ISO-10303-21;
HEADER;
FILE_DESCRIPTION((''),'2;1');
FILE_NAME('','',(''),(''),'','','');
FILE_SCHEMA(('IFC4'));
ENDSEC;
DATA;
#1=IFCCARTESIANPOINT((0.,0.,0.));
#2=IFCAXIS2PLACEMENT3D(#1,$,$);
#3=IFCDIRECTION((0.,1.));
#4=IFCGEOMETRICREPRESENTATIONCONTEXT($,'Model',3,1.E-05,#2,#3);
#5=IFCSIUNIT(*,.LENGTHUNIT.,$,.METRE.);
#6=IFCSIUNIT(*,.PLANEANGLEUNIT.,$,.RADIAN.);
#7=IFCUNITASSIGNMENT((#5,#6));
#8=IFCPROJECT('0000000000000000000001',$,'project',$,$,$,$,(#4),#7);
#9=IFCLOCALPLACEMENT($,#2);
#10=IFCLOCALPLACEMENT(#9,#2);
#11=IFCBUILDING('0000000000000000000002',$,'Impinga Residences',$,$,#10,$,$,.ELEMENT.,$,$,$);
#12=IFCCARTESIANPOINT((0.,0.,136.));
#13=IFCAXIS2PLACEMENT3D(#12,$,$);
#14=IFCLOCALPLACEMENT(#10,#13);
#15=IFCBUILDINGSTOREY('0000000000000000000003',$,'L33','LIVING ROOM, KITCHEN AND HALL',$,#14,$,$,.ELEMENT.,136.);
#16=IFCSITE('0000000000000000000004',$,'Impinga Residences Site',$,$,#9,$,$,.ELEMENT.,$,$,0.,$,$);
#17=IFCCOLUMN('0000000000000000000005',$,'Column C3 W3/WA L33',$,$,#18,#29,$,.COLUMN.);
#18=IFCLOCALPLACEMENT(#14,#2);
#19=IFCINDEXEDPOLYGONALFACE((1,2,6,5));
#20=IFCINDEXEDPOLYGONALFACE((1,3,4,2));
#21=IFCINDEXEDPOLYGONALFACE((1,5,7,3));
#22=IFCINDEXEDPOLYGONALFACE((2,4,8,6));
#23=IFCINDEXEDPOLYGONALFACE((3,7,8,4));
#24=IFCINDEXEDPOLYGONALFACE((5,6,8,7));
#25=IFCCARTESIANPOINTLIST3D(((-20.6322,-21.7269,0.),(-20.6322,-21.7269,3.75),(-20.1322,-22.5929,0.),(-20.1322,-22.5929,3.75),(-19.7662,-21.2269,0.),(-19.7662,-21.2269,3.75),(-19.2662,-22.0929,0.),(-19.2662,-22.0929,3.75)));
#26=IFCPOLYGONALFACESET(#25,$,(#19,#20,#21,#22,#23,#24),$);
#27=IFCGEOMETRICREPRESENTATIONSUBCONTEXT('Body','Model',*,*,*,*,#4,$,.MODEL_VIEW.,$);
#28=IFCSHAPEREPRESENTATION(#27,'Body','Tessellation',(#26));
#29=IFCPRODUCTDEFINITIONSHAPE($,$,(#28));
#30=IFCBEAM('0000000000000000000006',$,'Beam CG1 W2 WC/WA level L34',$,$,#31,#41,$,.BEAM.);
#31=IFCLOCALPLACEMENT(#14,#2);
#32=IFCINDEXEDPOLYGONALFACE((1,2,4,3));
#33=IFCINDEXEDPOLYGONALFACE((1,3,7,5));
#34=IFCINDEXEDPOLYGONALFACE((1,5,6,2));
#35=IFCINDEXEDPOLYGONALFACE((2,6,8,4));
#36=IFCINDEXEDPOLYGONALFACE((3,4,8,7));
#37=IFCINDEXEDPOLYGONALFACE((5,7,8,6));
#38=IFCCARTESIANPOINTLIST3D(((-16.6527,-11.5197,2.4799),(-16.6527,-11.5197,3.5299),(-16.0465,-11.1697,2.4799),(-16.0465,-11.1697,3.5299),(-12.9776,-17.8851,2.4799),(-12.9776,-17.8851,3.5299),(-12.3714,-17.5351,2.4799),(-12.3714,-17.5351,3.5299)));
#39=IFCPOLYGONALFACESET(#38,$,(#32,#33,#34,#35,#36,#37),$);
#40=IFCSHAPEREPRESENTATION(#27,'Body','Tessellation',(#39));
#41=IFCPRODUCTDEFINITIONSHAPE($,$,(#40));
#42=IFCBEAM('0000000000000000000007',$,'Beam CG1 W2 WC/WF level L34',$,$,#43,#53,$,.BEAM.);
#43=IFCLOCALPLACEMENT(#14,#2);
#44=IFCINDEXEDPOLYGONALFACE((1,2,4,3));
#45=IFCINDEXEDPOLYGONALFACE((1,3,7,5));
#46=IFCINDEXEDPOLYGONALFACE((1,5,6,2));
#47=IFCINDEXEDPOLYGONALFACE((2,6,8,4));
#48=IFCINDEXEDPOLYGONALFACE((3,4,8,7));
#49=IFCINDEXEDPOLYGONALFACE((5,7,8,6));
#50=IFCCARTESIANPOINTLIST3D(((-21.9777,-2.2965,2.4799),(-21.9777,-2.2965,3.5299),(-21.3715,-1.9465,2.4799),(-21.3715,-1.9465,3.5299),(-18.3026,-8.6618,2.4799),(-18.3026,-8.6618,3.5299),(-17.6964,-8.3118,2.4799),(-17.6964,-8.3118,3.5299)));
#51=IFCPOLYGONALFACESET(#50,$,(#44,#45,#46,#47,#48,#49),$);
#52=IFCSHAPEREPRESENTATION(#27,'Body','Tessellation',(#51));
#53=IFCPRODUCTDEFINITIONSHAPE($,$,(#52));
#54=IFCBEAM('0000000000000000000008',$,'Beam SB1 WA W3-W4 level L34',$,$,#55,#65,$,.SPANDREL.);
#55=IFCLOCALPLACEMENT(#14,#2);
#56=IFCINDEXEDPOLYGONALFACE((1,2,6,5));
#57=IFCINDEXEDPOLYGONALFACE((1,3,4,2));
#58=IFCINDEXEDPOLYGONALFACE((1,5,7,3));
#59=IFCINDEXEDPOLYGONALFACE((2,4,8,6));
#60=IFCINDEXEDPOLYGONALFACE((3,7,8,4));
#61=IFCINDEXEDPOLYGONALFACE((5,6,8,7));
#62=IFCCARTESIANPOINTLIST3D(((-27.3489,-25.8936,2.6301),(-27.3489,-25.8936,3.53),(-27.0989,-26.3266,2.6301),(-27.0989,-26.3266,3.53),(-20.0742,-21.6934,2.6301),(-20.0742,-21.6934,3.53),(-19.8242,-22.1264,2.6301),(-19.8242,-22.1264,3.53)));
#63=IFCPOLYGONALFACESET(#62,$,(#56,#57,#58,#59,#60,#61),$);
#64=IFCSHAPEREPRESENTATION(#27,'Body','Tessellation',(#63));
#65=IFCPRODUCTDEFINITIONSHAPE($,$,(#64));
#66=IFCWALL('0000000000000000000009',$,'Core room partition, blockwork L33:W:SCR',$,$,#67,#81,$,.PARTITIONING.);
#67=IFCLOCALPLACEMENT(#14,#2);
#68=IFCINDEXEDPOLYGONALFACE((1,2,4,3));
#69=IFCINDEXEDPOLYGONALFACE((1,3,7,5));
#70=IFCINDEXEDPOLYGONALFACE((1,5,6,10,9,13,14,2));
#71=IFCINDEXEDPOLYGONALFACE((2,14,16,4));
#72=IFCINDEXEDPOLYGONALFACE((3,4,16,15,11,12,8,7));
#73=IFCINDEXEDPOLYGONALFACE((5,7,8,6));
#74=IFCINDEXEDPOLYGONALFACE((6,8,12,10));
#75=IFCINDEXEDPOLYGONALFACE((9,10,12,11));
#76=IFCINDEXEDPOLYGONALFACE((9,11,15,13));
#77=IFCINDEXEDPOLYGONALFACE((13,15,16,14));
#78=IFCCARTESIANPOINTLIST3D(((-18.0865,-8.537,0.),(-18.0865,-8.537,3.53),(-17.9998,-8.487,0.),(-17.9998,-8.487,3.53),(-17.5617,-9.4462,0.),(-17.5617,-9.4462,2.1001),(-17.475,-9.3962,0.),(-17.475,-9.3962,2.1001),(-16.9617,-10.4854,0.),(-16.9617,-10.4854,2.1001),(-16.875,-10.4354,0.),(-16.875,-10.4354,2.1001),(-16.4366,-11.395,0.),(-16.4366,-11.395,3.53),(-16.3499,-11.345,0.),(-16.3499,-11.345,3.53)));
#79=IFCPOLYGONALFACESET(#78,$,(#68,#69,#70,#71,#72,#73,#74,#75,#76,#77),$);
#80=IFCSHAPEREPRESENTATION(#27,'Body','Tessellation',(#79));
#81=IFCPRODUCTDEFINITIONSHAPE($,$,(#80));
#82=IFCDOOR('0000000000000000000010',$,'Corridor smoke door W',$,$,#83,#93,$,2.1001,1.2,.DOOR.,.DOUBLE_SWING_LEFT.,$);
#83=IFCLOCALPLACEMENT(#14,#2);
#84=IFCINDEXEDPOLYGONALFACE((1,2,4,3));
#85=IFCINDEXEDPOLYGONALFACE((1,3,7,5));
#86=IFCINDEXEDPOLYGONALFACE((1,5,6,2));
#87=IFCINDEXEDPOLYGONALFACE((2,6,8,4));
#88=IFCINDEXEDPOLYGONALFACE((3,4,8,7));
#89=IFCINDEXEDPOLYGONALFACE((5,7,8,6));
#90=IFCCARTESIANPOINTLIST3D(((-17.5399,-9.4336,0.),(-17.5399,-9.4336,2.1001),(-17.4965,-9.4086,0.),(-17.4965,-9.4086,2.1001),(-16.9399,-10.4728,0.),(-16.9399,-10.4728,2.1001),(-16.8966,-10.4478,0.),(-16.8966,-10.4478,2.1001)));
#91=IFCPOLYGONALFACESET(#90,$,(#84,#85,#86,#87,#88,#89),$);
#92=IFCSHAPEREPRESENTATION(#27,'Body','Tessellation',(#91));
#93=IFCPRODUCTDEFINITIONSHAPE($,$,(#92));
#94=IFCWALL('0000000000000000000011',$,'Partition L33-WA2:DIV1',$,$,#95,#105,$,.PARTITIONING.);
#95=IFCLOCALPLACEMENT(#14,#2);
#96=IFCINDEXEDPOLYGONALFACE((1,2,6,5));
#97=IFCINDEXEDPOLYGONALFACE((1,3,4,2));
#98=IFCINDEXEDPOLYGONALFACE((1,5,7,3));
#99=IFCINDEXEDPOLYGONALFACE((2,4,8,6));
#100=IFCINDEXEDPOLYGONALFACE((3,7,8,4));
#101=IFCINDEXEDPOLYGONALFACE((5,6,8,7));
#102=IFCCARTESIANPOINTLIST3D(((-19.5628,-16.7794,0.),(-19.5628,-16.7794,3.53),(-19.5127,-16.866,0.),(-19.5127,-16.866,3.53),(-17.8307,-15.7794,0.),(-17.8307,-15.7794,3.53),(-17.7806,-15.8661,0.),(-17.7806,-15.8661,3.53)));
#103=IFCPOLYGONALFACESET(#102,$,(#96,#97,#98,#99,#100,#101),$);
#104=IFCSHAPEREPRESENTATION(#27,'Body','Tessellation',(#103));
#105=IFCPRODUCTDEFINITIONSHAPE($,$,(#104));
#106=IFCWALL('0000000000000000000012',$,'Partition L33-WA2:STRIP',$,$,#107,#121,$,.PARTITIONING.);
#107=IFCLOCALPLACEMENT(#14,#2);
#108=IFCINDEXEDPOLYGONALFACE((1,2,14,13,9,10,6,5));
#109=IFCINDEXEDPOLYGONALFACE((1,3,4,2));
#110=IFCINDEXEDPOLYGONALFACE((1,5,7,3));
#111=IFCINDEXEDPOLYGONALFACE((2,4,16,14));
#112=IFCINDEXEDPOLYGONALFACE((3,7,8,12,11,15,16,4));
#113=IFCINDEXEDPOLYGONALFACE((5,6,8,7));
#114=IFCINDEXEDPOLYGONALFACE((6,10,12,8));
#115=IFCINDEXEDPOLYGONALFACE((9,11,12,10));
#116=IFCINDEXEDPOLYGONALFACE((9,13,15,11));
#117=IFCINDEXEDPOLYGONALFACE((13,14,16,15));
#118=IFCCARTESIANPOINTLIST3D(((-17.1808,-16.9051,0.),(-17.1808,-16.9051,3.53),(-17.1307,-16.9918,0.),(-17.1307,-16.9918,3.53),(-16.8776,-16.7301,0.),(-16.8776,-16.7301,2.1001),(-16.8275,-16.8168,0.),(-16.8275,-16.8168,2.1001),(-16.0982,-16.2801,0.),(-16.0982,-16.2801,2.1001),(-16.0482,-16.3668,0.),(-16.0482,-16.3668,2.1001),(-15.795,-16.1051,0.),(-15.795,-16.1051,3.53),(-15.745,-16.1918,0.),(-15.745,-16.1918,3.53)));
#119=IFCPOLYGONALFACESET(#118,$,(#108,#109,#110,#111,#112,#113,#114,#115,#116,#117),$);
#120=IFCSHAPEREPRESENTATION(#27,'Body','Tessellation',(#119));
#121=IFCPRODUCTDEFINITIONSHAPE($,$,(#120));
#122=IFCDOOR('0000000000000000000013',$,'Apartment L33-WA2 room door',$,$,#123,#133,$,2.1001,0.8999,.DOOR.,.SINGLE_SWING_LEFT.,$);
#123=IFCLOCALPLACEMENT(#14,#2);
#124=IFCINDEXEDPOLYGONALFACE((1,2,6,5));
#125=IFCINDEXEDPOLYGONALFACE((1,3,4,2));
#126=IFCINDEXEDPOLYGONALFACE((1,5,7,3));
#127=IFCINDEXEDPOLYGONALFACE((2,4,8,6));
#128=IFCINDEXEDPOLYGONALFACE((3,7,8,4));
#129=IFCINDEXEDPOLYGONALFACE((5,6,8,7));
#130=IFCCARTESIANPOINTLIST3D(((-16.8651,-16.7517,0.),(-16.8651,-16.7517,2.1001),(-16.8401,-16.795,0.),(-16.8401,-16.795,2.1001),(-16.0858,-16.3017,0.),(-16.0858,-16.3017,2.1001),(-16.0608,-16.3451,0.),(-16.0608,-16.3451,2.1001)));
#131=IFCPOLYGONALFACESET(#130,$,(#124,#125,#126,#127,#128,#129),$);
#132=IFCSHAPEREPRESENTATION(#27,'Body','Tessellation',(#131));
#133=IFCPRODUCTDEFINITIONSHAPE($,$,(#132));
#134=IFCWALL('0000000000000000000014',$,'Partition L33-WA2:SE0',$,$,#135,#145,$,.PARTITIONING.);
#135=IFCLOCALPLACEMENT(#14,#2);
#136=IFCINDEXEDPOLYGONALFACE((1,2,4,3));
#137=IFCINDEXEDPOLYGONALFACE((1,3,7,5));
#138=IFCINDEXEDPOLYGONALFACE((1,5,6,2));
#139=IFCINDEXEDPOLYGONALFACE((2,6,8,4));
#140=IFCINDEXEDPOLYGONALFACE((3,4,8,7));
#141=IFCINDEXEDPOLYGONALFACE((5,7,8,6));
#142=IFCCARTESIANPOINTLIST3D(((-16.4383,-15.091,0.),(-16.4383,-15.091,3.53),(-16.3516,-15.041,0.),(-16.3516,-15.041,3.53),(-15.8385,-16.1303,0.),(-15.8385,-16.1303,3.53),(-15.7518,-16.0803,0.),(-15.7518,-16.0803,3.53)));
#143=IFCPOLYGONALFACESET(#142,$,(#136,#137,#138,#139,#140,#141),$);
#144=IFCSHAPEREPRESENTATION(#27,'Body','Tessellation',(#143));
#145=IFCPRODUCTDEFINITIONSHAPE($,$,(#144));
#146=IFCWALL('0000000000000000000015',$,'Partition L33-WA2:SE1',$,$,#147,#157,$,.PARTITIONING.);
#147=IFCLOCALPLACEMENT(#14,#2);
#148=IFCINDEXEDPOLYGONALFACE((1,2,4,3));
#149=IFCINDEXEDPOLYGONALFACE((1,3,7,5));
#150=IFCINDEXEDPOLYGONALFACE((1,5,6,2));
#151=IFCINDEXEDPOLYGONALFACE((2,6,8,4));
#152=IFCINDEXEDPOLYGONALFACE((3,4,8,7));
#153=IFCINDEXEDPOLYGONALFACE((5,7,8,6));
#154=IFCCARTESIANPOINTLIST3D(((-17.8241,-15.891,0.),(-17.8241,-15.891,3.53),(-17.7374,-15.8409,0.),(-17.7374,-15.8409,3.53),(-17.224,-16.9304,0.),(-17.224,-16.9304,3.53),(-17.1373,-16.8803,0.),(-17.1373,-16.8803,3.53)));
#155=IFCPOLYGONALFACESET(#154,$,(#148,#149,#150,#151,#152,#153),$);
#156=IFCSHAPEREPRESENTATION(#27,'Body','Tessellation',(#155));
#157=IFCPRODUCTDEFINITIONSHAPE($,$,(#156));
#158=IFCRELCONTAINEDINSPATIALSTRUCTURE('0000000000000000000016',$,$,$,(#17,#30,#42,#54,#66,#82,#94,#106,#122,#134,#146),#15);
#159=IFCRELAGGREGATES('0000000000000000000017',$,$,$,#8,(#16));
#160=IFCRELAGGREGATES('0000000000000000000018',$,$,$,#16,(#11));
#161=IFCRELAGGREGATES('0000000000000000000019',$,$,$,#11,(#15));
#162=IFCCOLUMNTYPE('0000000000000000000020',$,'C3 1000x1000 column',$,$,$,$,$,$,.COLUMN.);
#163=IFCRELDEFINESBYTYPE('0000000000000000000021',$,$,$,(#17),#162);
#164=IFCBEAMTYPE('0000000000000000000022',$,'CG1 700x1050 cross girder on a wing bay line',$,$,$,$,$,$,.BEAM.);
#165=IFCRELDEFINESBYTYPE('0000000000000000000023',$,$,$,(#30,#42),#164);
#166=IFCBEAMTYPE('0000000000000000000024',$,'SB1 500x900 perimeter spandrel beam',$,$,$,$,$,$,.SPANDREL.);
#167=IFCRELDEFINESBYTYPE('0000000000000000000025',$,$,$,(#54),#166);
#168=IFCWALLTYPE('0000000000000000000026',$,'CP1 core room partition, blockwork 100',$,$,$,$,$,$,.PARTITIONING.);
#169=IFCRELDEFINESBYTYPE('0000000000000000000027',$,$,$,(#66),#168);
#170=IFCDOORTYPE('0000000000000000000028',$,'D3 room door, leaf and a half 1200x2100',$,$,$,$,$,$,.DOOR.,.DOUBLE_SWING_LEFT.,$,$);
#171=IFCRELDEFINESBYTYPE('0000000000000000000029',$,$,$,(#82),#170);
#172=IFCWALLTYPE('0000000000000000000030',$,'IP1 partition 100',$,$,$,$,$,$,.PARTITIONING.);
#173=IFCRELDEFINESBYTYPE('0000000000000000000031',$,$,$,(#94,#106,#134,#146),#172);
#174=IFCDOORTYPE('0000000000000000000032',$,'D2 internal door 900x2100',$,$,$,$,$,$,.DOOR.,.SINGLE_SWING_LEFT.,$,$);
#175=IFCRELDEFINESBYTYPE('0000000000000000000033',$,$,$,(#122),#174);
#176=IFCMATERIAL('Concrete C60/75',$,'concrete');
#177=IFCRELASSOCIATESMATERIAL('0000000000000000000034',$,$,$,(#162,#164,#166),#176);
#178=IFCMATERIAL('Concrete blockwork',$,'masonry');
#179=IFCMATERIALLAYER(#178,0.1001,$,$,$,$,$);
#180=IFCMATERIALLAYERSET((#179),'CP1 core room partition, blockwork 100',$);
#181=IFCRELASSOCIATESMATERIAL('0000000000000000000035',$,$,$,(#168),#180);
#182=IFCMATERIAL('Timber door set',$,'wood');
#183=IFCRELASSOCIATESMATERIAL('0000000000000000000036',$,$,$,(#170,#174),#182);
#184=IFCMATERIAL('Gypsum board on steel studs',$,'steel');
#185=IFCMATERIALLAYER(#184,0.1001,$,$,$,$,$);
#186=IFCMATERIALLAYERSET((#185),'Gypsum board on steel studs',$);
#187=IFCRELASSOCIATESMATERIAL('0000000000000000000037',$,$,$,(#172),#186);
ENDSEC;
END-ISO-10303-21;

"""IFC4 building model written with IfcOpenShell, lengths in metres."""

from ifc_helpers import new_model, si_unit, direction, frame, frame_2d, origin, origin_2d, place, context, subcontext, project, spatial, rectangle, extrude, material, layer, layer_set, material_profile, profile_set, type_object, element, fill, save


model = new_model("IFC4")

# Units and contexts
model_context = context("Model", 3, precision=1e-05, world=origin(), true_north=direction((0.0, 1.0)))
body_context = subcontext(model_context, "Body", "Model", "MODEL_VIEW")
ifc_project = project(units=[si_unit("LENGTHUNIT", "METRE"), si_unit("PLANEANGLEUNIT", "RADIAN")], contexts=[model_context])

# Site, building, storey
site_placement = place(None, origin())
site = spatial("IfcSite", under=ifc_project, at=site_placement, Name="Impinga Residences Site", CompositionType="ELEMENT", RefElevation=0.0)
building_placement = place(site_placement, origin())
building = spatial("IfcBuilding", under=site, at=building_placement, Name="Impinga Residences", CompositionType="ELEMENT")
storey_placement = place(building_placement, frame((0.0, 0.0, 136.0)))
storey = spatial("IfcBuildingStorey", under=building, at=storey_placement, Name="L33", Description="LIVING ROOM, KITCHEN AND HALL", CompositionType="ELEMENT", Elevation=136.0)

# Column
ifc_material_1 = material(Name="Concrete C60/75", Category="concrete")
ifc_material_profile_1 = material_profile(ifc_material_1, rectangle(XDim=1.0, YDim=1.0, at=origin_2d()), Name="RC 1000x1000")
ifc_profile_set_1 = profile_set([ifc_material_profile_1], Name="Concrete C60/75")
column_type = type_object("IfcColumnType", Name="C3 1000x1000 column", PredefinedType="COLUMN", material=ifc_profile_set_1)
column_placement = place(storey_placement, frame((-19.9492, -21.9099, 0.0), z_axis=(0.0, 0.0, 1.0), x_axis=(-0.5, 0.866025, 0.0)))
element("IfcColumn", 1, at=column_placement, inside=storey, type_object=column_type, Name="Column C3 W3/WA L33", PredefinedType="COLUMN", context=body_context, shape_type="SweptSolid", body=[
    extrude(rectangle(XDim=1.0, YDim=1.0, at=origin_2d()), origin(), (0.0, 0.0, 1.0), 3.75),
])

# Beams
ifc_material_profile_2 = material_profile(ifc_material_1, rectangle(XDim=0.7, YDim=1.05, at=origin_2d()), Name="RC 700x1050")
ifc_profile_set_2 = profile_set([ifc_material_profile_2], Name="Concrete C60/75")
beam_type_1 = type_object("IfcBeamType", Name="CG1 700x1050 cross girder on a wing bay line", PredefinedType="BEAM", material=ifc_profile_set_2)
for number, where, z_axis, x_axis, name in (
    (2, (-16.3496, -11.3447, 3.0049), (0.500008, -0.866021, 0.0), (0.866021, 0.500008, 0.0), "Beam CG1 W2 WC/WA level L34"),
    (3, (-17.9995, -8.4868, 3.0049), (-0.500008, 0.866021, 0.0), (-0.866021, -0.500008, 0.0), "Beam CG1 W2 WC/WF level L34"),
):
    element("IfcBeam", number, at=place(storey_placement, frame(where, z_axis=z_axis, x_axis=x_axis)), inside=storey, type_object=beam_type_1, Name=name, PredefinedType="BEAM", context=body_context, shape_type="SweptSolid", body=[
        extrude(rectangle(XDim=0.7, YDim=1.05, at=origin_2d()), origin(), (0.0, 0.0, 1.0), 7.3501),
    ])
ifc_material_profile_3 = material_profile(ifc_material_1, rectangle(XDim=0.5, YDim=0.8999, at=origin_2d()), Name="RC 500x900")
ifc_profile_set_3 = profile_set([ifc_material_profile_3], Name="Concrete C60/75")
beam_type_2 = type_object("IfcBeamType", Name="SB1 500x900 perimeter spandrel beam", PredefinedType="SPANDREL", material=ifc_profile_set_3)
beam_placement = place(storey_placement, frame((-19.9492, -21.9099, 3.0801), z_axis=(-0.866017, -0.500015, 0.0), x_axis=(0.500015, -0.866017, 0.0)))
element("IfcBeam", 4, at=beam_placement, inside=storey, type_object=beam_type_2, Name="Beam SB1 WA W3-W4 level L34", PredefinedType="SPANDREL", context=body_context, shape_type="SweptSolid", body=[
    extrude(rectangle(XDim=0.5, YDim=0.8999, at=origin_2d()), origin(), (0.0, 0.0, 1.0), 8.4001),
])

# Wall, opening, door
ifc_material_2 = material(Name="Concrete blockwork", Category="masonry")
ifc_layer_1 = layer(ifc_material_2, 0.1001)
ifc_layer_set_1 = layer_set([ifc_layer_1], Name="CP1 core room partition, blockwork 100")
wall_type_1 = type_object("IfcWallType", Name="CP1 core room partition, blockwork 100", PredefinedType="PARTITIONING", material=ifc_layer_set_1)
wall_1_placement = place(storey_placement, frame((-16.3933, -11.3699, 0.0), z_axis=(0.0, 0.0, 1.0), x_axis=(-0.499974, 0.86604, 0.0)))
wall_1 = element("IfcWall", 5, at=wall_1_placement, inside=storey, type_object=wall_type_1, Name="Core room partition, blockwork L33:W:SCR", PredefinedType="PARTITIONING", context=body_context, shape_type="SweptSolid", body=[
    extrude(rectangle(XDim=3.3, YDim=0.1001, at=frame_2d((1.6499, 0.0))), origin(), (0.0, 0.0, 1.0), 3.53),
])
opening_1_placement = place(wall_1_placement, frame((1.05, 0.0, 0.0)))
opening_1 = element("IfcOpeningElement", 6, at=opening_1_placement, cuts=wall_1, PredefinedType="OPENING", context=body_context, shape_type="SweptSolid", body=[
    extrude(rectangle(XDim=1.2, YDim=2.1001, at=frame_2d((0.6001, 1.05))), frame((0.0, 0.0601, 0.0), z_axis=(0.0, -1.0, 0.0), x_axis=(1.0, 0.0, 0.0)), (0.0, 0.0, 1.0), 0.1201),
])
ifc_material_3 = material(Name="Timber door set", Category="wood")
door_type_1 = type_object("IfcDoorType", Name="D3 room door, leaf and a half 1200x2100", OperationType="DOUBLE_SWING_LEFT", PredefinedType="DOOR", material=ifc_material_3)
door_1_placement = place(opening_1_placement, origin())
door_1 = element("IfcDoor", 7, at=door_1_placement, inside=storey, type_object=door_type_1, Name="Corridor smoke door W", OperationType="DOUBLE_SWING_LEFT", OverallHeight=2.1001, OverallWidth=1.2, PredefinedType="DOOR", context=body_context, shape_type="SweptSolid", body=[
    extrude(rectangle(XDim=1.2, YDim=2.1001, at=frame_2d((0.6001, 1.05))), frame((0.0, 0.0249, 0.0), z_axis=(0.0, -1.0, 0.0), x_axis=(1.0, 0.0, 0.0)), (0.0, 0.0, 1.0), 0.05),
])
fill(opening_1, door_1)

# Wall
ifc_material_4 = material(Name="Gypsum board on steel studs", Category="steel")
ifc_layer_2 = layer(ifc_material_4, 0.1001)
ifc_layer_set_2 = layer_set([ifc_layer_2], Name="Gypsum board on steel studs")
wall_type_2 = type_object("IfcWallType", Name="IP1 partition 100", PredefinedType="PARTITIONING", material=ifc_layer_set_2)
wall_2_placement = place(storey_placement, frame((-17.8057, -15.8228, 0.0), z_axis=(0.0, 0.0, 1.0), x_axis=(-0.866041, -0.499973, 0.0)))
element("IfcWall", 8, at=wall_2_placement, inside=storey, type_object=wall_type_2, Name="Partition L33-WA2:DIV1", PredefinedType="PARTITIONING", context=body_context, shape_type="SweptSolid", body=[
    extrude(rectangle(XDim=2.0, YDim=0.1001, at=frame_2d((1.0, 0.0))), origin(), (0.0, 0.0, 1.0), 3.53),
])

# Wall, opening, door
wall_3_placement = place(storey_placement, frame((-15.77, -16.1484, 0.0), z_axis=(0.0, 0.0, 1.0), x_axis=(-0.866028, -0.499995, 0.0)))
wall_3 = element("IfcWall", 9, at=wall_3_placement, inside=storey, type_object=wall_type_2, Name="Partition L33-WA2:STRIP", PredefinedType="PARTITIONING", context=body_context, shape_type="SweptSolid", body=[
    extrude(rectangle(XDim=1.6001, YDim=0.1001, at=frame_2d((0.8, 0.0))), origin(), (0.0, 0.0, 1.0), 3.53),
])
opening_2_placement = place(wall_3_placement, frame((0.3501, 0.0, 0.0)))
opening_2 = element("IfcOpeningElement", 10, at=opening_2_placement, cuts=wall_3, PredefinedType="OPENING", context=body_context, shape_type="SweptSolid", body=[
    extrude(rectangle(XDim=0.8999, YDim=2.1001, at=frame_2d((0.45, 1.05))), frame((0.0, 0.0601, 0.0), z_axis=(0.0, -1.0, 0.0), x_axis=(1.0, 0.0, 0.0)), (0.0, 0.0, 1.0), 0.1201),
])
door_type_2 = type_object("IfcDoorType", Name="D2 internal door 900x2100", OperationType="SINGLE_SWING_LEFT", PredefinedType="DOOR", material=ifc_material_3)
door_2_placement = place(opening_2_placement, origin())
door_2 = element("IfcDoor", 11, at=door_2_placement, inside=storey, type_object=door_type_2, Name="Apartment L33-WA2 room door", OperationType="SINGLE_SWING_LEFT", OverallHeight=2.1001, OverallWidth=0.8999, PredefinedType="DOOR", context=body_context, shape_type="SweptSolid", body=[
    extrude(rectangle(XDim=0.8999, YDim=2.1001, at=frame_2d((0.45, 1.05))), frame((0.0, 0.0249, 0.0), z_axis=(0.0, -1.0, 0.0), x_axis=(1.0, 0.0, 0.0)), (0.0, 0.0, 1.0), 0.05),
])
fill(opening_2, door_2)

# Walls
wall_4_placement = place(storey_placement, frame((-16.395, -15.0659, 0.0), z_axis=(0.0, 0.0, 1.0), x_axis=(0.499881, -0.866094, 0.0)))
element("IfcWall", 12, at=wall_4_placement, inside=storey, type_object=wall_type_2, Name="Partition L33-WA2:SE0", PredefinedType="PARTITIONING", context=body_context, shape_type="SweptSolid", body=[
    extrude(rectangle(XDim=1.2, YDim=0.1001, at=frame_2d((0.6001, 0.0))), origin(), (0.0, 0.0, 1.0), 3.53),
])
wall_5_placement = place(storey_placement, frame((-17.7808, -15.866, 0.0), z_axis=(0.0, 0.0, 1.0), x_axis=(0.500034, -0.866006, 0.0)))
element("IfcWall", 13, at=wall_5_placement, inside=storey, type_object=wall_type_2, Name="Partition L33-WA2:SE1", PredefinedType="PARTITIONING", context=body_context, shape_type="SweptSolid", body=[
    extrude(rectangle(XDim=1.2002, YDim=0.1001, at=frame_2d((0.6001, 0.0))), origin(), (0.0, 0.0, 1.0), 3.53),
])

save(model, "model.ifc")
